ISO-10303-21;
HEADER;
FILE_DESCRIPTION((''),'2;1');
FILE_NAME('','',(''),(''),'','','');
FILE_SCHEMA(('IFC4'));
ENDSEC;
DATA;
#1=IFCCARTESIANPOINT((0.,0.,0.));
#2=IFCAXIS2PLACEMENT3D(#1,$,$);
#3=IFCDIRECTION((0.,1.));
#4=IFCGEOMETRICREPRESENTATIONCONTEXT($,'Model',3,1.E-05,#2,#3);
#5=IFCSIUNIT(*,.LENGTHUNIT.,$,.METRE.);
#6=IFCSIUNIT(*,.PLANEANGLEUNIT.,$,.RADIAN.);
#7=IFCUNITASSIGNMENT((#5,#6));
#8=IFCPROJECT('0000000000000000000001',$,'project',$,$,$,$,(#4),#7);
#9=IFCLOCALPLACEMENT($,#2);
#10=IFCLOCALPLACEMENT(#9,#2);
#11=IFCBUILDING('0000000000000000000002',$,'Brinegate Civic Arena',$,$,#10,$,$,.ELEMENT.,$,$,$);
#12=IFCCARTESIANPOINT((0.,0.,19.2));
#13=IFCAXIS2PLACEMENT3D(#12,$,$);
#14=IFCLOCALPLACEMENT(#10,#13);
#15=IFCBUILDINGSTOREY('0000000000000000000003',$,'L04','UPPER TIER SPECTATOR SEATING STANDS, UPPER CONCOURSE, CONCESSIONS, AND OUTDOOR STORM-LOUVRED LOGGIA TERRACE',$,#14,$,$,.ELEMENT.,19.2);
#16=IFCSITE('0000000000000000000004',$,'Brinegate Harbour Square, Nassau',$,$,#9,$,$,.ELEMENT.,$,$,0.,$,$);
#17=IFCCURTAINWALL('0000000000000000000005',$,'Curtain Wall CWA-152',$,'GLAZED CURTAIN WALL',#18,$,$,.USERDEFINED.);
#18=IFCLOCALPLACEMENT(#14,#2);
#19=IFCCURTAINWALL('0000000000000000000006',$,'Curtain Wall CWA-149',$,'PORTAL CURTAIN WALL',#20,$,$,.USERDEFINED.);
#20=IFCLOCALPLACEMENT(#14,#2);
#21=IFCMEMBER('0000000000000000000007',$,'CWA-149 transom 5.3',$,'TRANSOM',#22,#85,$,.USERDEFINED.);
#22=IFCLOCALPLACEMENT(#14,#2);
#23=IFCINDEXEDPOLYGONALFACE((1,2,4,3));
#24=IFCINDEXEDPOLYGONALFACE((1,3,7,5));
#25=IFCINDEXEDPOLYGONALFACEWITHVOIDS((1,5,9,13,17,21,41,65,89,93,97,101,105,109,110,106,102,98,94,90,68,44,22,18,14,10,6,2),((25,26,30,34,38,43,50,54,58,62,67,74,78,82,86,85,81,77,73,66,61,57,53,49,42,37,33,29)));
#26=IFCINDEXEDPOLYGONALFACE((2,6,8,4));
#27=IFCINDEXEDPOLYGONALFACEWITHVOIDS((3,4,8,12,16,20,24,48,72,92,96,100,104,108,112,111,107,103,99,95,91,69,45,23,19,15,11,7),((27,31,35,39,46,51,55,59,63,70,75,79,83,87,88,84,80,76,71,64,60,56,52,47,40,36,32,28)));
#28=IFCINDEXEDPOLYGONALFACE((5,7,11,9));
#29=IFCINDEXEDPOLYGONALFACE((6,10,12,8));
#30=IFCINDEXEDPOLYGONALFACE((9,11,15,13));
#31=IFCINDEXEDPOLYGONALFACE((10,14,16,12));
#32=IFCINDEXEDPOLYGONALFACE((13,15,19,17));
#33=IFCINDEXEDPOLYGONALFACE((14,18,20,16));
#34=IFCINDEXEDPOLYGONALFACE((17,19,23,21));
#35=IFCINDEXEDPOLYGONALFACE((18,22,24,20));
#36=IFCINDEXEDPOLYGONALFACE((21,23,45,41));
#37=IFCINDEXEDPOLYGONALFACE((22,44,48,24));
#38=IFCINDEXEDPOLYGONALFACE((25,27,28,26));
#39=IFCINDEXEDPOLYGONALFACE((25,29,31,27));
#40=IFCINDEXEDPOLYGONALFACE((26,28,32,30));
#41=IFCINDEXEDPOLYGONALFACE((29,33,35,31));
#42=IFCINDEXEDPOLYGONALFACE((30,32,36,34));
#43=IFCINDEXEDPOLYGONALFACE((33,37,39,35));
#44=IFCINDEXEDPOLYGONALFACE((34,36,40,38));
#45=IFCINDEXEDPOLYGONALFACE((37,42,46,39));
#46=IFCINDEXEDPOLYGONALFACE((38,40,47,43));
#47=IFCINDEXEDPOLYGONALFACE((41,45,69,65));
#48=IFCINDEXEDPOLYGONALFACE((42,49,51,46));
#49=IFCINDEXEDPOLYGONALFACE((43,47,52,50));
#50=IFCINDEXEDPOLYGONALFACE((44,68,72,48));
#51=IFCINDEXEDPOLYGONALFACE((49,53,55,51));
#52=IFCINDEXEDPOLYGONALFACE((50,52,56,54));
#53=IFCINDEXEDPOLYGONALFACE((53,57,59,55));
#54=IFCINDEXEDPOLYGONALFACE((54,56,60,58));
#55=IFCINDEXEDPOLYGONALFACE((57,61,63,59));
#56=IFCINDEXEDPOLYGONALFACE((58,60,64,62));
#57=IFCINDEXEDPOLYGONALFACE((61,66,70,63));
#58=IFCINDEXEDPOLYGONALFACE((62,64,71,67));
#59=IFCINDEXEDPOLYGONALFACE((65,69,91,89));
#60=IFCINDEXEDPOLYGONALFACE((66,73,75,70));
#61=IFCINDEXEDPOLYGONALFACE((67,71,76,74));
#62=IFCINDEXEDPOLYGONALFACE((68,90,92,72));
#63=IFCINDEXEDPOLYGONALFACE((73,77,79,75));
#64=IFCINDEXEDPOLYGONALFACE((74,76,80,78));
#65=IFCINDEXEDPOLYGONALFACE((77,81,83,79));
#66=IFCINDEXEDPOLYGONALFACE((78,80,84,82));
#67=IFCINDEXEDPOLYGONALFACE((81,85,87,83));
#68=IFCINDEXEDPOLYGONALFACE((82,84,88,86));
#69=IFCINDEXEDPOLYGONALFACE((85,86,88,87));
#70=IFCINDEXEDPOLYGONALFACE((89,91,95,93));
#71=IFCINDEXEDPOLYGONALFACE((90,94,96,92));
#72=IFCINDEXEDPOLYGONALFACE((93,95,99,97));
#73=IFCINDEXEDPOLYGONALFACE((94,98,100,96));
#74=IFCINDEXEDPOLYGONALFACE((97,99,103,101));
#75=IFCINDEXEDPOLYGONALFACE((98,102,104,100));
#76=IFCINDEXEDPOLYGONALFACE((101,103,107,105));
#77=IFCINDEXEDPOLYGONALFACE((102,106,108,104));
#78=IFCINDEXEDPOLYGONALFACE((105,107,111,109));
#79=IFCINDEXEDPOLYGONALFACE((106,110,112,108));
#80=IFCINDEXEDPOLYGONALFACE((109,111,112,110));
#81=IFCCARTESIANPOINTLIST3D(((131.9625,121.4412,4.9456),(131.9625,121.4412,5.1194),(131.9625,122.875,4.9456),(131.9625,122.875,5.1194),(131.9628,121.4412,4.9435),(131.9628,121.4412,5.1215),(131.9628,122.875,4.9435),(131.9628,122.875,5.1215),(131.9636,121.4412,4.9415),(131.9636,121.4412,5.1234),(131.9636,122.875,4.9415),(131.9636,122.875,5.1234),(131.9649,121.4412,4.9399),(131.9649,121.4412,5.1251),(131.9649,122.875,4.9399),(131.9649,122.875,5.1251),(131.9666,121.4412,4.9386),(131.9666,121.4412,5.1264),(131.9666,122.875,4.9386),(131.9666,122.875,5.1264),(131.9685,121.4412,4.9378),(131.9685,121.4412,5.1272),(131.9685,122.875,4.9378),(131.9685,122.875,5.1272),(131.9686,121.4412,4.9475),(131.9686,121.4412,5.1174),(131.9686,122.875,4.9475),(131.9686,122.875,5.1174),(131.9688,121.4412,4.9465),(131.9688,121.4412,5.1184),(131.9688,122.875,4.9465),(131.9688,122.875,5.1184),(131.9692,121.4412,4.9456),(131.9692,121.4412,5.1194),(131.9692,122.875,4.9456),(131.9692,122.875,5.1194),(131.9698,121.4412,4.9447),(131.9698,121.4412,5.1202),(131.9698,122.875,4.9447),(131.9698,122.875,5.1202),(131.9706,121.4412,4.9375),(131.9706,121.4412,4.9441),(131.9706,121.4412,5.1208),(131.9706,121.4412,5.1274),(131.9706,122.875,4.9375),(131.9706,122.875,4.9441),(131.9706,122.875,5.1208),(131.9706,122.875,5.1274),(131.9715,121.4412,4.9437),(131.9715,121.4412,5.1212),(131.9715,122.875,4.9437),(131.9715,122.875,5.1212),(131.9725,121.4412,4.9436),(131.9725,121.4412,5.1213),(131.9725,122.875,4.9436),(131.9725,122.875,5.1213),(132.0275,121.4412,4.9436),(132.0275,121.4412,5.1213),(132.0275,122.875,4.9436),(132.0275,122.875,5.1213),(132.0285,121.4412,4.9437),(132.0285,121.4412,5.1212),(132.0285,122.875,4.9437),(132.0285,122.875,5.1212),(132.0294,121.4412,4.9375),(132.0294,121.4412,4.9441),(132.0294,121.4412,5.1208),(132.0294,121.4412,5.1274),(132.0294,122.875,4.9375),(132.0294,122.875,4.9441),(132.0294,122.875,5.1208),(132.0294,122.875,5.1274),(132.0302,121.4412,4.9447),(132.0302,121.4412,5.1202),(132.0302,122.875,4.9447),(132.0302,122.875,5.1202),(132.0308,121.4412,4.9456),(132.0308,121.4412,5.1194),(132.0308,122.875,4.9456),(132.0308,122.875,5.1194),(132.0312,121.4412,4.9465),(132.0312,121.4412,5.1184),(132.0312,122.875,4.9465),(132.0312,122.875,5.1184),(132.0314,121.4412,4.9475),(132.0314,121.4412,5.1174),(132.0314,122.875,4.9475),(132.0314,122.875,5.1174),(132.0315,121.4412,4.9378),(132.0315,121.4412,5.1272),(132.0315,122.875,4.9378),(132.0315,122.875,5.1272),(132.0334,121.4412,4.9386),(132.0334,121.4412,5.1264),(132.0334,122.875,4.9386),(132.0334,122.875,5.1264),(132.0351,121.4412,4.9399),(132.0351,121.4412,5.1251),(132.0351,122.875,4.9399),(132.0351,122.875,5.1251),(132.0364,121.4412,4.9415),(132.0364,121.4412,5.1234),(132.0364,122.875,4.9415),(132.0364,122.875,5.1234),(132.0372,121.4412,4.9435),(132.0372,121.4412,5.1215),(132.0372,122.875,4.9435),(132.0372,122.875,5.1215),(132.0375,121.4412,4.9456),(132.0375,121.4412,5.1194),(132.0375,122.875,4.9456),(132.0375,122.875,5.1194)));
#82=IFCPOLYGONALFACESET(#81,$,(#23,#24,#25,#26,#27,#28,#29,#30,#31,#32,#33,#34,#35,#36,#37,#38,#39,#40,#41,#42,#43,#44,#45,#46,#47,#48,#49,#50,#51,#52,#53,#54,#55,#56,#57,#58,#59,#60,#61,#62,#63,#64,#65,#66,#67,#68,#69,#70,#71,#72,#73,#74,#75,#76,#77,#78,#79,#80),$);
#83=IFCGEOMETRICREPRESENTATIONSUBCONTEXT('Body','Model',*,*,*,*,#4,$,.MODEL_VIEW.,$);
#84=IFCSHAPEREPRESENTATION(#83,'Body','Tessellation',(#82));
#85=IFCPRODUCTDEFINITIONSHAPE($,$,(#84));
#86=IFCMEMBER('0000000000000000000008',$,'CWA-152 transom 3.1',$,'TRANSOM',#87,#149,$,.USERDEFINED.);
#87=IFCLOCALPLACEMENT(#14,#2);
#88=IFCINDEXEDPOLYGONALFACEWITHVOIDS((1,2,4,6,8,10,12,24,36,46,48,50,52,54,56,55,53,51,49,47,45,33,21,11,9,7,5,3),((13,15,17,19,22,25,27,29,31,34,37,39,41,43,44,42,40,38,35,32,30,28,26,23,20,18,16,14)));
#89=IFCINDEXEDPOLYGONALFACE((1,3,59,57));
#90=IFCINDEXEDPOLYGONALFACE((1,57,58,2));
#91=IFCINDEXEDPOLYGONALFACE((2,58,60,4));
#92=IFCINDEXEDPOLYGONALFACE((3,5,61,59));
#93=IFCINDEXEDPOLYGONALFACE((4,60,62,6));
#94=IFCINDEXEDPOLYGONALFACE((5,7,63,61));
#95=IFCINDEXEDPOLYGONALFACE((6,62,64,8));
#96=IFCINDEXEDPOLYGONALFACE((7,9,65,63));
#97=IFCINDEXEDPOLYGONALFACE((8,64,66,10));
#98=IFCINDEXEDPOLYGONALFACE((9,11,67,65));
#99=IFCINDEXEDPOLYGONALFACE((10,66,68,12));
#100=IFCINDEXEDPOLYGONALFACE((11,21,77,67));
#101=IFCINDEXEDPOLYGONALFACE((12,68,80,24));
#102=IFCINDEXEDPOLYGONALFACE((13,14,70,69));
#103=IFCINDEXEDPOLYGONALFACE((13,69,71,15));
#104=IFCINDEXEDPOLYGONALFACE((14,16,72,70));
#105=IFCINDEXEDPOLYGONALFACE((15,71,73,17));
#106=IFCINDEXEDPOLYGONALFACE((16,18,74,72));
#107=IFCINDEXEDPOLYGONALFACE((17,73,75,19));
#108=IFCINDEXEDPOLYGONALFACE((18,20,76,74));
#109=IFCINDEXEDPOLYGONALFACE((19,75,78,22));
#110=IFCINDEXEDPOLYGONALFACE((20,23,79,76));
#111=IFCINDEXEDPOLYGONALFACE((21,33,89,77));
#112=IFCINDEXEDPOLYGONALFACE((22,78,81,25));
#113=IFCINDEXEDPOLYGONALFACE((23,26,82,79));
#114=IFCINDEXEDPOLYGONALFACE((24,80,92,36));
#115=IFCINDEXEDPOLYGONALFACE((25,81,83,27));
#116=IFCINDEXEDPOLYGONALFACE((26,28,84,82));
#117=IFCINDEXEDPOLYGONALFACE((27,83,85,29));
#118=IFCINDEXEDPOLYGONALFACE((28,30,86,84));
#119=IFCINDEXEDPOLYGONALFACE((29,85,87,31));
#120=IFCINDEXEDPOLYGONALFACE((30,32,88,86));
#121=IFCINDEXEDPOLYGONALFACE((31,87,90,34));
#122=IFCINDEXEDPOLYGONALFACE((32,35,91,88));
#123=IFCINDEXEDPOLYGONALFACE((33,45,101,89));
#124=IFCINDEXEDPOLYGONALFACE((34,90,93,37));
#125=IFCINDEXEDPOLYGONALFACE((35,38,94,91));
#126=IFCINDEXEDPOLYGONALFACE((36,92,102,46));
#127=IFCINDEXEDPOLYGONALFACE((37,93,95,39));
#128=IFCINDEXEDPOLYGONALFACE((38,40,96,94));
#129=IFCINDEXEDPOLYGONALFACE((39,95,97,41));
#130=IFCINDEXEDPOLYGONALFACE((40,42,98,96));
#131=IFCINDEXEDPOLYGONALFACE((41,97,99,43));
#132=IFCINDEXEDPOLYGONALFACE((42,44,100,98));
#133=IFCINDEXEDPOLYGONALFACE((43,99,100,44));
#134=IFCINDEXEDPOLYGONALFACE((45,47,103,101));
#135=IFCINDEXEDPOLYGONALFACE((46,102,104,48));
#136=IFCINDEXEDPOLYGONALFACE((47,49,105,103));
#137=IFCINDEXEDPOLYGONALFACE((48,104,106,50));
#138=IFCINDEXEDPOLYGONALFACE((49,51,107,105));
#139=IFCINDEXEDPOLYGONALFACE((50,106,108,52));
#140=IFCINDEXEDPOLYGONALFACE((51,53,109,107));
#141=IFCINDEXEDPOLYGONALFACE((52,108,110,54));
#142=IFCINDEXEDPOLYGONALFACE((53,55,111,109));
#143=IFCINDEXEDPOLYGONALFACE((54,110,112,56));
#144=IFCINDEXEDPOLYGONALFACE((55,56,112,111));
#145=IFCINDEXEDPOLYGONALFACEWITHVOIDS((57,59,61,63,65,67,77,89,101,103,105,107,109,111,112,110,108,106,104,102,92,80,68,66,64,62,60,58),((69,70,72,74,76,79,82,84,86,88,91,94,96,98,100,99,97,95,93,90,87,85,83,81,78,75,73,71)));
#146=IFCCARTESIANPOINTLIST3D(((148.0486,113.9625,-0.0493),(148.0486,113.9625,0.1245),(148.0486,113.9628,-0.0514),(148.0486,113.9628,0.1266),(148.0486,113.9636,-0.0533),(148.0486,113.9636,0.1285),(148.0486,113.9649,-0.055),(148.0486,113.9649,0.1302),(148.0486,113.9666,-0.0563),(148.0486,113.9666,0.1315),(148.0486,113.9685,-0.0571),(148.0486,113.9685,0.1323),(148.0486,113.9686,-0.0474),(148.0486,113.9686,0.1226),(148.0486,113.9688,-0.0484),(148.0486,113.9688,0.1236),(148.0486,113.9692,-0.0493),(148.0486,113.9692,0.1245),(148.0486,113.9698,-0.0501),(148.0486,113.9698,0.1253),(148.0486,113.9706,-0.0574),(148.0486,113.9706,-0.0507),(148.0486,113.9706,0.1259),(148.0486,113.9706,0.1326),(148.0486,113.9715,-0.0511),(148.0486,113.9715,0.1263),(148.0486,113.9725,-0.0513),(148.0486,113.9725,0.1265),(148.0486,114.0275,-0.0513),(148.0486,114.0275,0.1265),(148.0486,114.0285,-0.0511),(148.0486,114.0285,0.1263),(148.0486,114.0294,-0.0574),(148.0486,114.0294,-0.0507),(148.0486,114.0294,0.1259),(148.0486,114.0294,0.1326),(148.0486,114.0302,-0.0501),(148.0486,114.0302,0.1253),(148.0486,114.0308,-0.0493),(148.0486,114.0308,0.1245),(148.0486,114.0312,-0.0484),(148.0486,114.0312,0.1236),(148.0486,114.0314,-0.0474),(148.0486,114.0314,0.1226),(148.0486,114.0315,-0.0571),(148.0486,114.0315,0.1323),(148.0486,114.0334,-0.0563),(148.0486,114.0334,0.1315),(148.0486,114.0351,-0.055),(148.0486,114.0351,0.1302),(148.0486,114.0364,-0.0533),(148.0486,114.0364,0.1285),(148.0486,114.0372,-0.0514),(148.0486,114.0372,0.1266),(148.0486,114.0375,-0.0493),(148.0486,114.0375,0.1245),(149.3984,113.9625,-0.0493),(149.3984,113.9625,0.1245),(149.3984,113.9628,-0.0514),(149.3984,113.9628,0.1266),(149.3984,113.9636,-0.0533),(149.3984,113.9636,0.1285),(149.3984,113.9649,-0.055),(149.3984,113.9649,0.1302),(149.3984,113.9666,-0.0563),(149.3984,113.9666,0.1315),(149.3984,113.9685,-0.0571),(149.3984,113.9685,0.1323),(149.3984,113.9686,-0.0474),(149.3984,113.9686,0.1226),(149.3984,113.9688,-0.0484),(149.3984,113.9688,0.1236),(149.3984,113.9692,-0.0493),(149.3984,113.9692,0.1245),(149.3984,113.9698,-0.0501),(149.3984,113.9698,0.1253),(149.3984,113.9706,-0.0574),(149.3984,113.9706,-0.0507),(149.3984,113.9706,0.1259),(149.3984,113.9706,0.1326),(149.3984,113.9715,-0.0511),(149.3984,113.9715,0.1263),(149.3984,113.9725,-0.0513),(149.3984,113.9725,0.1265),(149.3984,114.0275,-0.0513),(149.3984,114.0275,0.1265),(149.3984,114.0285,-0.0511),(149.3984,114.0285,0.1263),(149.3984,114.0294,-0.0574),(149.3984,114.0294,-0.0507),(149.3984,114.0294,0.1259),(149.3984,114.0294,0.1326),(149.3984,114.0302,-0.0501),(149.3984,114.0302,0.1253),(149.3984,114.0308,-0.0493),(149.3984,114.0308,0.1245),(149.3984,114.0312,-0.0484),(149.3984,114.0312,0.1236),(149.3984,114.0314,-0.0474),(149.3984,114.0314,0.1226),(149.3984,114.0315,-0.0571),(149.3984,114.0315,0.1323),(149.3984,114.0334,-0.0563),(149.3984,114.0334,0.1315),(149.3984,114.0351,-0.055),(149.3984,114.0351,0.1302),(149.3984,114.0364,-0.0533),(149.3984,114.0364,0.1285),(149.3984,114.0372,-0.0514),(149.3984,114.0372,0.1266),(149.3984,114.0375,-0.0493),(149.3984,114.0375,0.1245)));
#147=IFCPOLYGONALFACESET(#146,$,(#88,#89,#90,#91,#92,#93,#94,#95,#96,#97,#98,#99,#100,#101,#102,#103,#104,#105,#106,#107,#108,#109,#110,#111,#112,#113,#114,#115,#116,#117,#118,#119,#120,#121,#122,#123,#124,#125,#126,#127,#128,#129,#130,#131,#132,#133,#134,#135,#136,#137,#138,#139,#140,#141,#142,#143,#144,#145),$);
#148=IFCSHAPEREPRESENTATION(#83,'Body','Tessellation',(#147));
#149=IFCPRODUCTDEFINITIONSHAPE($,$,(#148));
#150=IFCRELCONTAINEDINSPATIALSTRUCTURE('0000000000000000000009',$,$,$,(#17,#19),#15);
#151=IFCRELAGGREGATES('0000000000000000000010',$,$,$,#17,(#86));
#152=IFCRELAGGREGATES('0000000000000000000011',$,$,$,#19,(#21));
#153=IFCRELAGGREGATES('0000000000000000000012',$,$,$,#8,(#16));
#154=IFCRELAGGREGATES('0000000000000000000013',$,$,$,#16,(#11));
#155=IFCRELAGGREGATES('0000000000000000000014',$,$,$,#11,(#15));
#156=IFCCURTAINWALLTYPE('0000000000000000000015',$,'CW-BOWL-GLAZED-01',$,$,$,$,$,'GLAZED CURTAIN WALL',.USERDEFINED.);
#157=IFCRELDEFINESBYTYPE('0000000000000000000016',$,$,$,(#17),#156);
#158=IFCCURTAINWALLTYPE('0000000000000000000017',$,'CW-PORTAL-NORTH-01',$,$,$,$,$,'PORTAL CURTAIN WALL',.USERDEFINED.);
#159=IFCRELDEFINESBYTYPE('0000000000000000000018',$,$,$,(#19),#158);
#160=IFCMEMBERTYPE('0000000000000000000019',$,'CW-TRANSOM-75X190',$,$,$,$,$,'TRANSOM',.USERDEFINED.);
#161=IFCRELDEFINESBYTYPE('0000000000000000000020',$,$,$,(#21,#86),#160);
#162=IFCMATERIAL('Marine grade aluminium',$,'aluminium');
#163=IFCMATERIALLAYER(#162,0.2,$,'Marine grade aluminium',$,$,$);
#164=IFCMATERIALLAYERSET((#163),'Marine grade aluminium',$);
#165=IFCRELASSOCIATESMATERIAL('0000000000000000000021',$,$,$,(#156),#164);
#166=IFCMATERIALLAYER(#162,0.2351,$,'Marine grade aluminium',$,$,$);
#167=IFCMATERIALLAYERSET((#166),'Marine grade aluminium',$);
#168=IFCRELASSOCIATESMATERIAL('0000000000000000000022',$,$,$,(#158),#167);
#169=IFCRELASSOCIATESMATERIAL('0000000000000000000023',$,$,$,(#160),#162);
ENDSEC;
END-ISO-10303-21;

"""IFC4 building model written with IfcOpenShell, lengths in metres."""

from ifc_helpers import new_model, si_unit, direction, frame, origin, origin_2d, place, context, subcontext, project, spatial, hollow_rectangle, extrude, material, layer, layer_set, material_profile, profile_set, type_object, element, aggregate, save


model = new_model("IFC4")

# Units and contexts
model_context = context("Model", 3, precision=1e-05, world=origin(), true_north=direction((0.0, 1.0)))
body_context = subcontext(model_context, "Body", "Model", "MODEL_VIEW")
ifc_project = project(units=[si_unit("LENGTHUNIT", "METRE"), si_unit("PLANEANGLEUNIT", "RADIAN")], contexts=[model_context])

# Site, building, storey
site_placement = place(None, origin())
site = spatial("IfcSite", under=ifc_project, at=site_placement, Name="Brinegate Harbour Square, Nassau", CompositionType="ELEMENT", RefElevation=0.0)
building_placement = place(site_placement, origin())
building = spatial("IfcBuilding", under=site, at=building_placement, Name="Brinegate Civic Arena", CompositionType="ELEMENT")
storey_placement = place(building_placement, frame((0.0, 0.0, 19.2)))
storey = spatial("IfcBuildingStorey", under=building, at=storey_placement, Name="L04", Description="UPPER TIER SPECTATOR SEATING STANDS, UPPER CONCOURSE, CONCESSIONS, AND OUTDOOR STORM-LOUVRED LOGGIA TERRACE", CompositionType="ELEMENT", Elevation=19.2)

# Curtain walls, member
ifc_material_1 = material(Name="Marine grade aluminium", Category="aluminium")
ifc_layer_1 = layer(ifc_material_1, 0.2, Name="Marine grade aluminium")
ifc_layer_set_1 = layer_set([ifc_layer_1], Name="Marine grade aluminium")
curtain_wall_type_1 = type_object("IfcCurtainWallType", Name="CW-BOWL-GLAZED-01", ElementType="GLAZED CURTAIN WALL", PredefinedType="USERDEFINED", material=ifc_layer_set_1)
curtain_wall_1_placement = place(storey_placement, origin())
curtain_wall_1 = element("IfcCurtainWall", 1, at=curtain_wall_1_placement, inside=storey, type_object=curtain_wall_type_1, Name="Curtain Wall CWA-152", ObjectType="GLAZED CURTAIN WALL", PredefinedType="USERDEFINED")
ifc_layer_2 = layer(ifc_material_1, 0.2351, Name="Marine grade aluminium")
ifc_layer_set_2 = layer_set([ifc_layer_2], Name="Marine grade aluminium")
curtain_wall_type_2 = type_object("IfcCurtainWallType", Name="CW-PORTAL-NORTH-01", ElementType="PORTAL CURTAIN WALL", PredefinedType="USERDEFINED", material=ifc_layer_set_2)
curtain_wall_2_placement = place(storey_placement, origin())
curtain_wall_2 = element("IfcCurtainWall", 2, at=curtain_wall_2_placement, inside=storey, type_object=curtain_wall_type_2, Name="Curtain Wall CWA-149", ObjectType="PORTAL CURTAIN WALL", PredefinedType="USERDEFINED")
ifc_material_profile_1 = material_profile(ifc_material_1, hollow_rectangle(XDim=0.075, YDim=0.1899, WallThickness=0.0061, InnerFilletRadius=0.0039, OuterFilletRadius=0.0081, at=origin_2d()), Name="TRN75X190")
ifc_profile_set_1 = profile_set([ifc_material_profile_1], Name="Marine grade aluminium")
member_type_1 = type_object("IfcMemberType", Name="CW-TRANSOM-75X190", ElementType="TRANSOM", PredefinedType="USERDEFINED", material=ifc_profile_set_1)
member_1_placement = place(storey_placement, frame((132.0, 121.4412, 5.0325), z_axis=(0.0, 1.0, 0.0), x_axis=(-1.0, 0.0, 0.0)))
member_1 = element("IfcMember", 3, at=member_1_placement, type_object=member_type_1, Name="CWA-149 transom 5.3", ObjectType="TRANSOM", PredefinedType="USERDEFINED", context=body_context, shape_type="SweptSolid", body=[
    extrude(hollow_rectangle(XDim=0.075, YDim=0.1899, WallThickness=0.0061, InnerFilletRadius=0.0039, OuterFilletRadius=0.0081, at=origin_2d()), origin(), (0.0, 0.0, 1.0), 1.4338),
])

# Member
member_2_placement = place(storey_placement, frame((148.0486, 114.0, 0.0376), z_axis=(1.0, 0.0, 0.0), x_axis=(0.0, 1.0, 0.0)))
member_2 = element("IfcMember", 4, at=member_2_placement, type_object=member_type_1, Name="CWA-152 transom 3.1", ObjectType="TRANSOM", PredefinedType="USERDEFINED", context=body_context, shape_type="SweptSolid", body=[
    extrude(hollow_rectangle(XDim=0.075, YDim=0.1899, WallThickness=0.0061, InnerFilletRadius=0.0039, OuterFilletRadius=0.0081, at=origin_2d()), origin(), (0.0, 0.0, 1.0), 1.3499),
])

aggregate(curtain_wall_1, [member_2])
aggregate(curtain_wall_2, [member_1])

save(model, "model.ifc")
